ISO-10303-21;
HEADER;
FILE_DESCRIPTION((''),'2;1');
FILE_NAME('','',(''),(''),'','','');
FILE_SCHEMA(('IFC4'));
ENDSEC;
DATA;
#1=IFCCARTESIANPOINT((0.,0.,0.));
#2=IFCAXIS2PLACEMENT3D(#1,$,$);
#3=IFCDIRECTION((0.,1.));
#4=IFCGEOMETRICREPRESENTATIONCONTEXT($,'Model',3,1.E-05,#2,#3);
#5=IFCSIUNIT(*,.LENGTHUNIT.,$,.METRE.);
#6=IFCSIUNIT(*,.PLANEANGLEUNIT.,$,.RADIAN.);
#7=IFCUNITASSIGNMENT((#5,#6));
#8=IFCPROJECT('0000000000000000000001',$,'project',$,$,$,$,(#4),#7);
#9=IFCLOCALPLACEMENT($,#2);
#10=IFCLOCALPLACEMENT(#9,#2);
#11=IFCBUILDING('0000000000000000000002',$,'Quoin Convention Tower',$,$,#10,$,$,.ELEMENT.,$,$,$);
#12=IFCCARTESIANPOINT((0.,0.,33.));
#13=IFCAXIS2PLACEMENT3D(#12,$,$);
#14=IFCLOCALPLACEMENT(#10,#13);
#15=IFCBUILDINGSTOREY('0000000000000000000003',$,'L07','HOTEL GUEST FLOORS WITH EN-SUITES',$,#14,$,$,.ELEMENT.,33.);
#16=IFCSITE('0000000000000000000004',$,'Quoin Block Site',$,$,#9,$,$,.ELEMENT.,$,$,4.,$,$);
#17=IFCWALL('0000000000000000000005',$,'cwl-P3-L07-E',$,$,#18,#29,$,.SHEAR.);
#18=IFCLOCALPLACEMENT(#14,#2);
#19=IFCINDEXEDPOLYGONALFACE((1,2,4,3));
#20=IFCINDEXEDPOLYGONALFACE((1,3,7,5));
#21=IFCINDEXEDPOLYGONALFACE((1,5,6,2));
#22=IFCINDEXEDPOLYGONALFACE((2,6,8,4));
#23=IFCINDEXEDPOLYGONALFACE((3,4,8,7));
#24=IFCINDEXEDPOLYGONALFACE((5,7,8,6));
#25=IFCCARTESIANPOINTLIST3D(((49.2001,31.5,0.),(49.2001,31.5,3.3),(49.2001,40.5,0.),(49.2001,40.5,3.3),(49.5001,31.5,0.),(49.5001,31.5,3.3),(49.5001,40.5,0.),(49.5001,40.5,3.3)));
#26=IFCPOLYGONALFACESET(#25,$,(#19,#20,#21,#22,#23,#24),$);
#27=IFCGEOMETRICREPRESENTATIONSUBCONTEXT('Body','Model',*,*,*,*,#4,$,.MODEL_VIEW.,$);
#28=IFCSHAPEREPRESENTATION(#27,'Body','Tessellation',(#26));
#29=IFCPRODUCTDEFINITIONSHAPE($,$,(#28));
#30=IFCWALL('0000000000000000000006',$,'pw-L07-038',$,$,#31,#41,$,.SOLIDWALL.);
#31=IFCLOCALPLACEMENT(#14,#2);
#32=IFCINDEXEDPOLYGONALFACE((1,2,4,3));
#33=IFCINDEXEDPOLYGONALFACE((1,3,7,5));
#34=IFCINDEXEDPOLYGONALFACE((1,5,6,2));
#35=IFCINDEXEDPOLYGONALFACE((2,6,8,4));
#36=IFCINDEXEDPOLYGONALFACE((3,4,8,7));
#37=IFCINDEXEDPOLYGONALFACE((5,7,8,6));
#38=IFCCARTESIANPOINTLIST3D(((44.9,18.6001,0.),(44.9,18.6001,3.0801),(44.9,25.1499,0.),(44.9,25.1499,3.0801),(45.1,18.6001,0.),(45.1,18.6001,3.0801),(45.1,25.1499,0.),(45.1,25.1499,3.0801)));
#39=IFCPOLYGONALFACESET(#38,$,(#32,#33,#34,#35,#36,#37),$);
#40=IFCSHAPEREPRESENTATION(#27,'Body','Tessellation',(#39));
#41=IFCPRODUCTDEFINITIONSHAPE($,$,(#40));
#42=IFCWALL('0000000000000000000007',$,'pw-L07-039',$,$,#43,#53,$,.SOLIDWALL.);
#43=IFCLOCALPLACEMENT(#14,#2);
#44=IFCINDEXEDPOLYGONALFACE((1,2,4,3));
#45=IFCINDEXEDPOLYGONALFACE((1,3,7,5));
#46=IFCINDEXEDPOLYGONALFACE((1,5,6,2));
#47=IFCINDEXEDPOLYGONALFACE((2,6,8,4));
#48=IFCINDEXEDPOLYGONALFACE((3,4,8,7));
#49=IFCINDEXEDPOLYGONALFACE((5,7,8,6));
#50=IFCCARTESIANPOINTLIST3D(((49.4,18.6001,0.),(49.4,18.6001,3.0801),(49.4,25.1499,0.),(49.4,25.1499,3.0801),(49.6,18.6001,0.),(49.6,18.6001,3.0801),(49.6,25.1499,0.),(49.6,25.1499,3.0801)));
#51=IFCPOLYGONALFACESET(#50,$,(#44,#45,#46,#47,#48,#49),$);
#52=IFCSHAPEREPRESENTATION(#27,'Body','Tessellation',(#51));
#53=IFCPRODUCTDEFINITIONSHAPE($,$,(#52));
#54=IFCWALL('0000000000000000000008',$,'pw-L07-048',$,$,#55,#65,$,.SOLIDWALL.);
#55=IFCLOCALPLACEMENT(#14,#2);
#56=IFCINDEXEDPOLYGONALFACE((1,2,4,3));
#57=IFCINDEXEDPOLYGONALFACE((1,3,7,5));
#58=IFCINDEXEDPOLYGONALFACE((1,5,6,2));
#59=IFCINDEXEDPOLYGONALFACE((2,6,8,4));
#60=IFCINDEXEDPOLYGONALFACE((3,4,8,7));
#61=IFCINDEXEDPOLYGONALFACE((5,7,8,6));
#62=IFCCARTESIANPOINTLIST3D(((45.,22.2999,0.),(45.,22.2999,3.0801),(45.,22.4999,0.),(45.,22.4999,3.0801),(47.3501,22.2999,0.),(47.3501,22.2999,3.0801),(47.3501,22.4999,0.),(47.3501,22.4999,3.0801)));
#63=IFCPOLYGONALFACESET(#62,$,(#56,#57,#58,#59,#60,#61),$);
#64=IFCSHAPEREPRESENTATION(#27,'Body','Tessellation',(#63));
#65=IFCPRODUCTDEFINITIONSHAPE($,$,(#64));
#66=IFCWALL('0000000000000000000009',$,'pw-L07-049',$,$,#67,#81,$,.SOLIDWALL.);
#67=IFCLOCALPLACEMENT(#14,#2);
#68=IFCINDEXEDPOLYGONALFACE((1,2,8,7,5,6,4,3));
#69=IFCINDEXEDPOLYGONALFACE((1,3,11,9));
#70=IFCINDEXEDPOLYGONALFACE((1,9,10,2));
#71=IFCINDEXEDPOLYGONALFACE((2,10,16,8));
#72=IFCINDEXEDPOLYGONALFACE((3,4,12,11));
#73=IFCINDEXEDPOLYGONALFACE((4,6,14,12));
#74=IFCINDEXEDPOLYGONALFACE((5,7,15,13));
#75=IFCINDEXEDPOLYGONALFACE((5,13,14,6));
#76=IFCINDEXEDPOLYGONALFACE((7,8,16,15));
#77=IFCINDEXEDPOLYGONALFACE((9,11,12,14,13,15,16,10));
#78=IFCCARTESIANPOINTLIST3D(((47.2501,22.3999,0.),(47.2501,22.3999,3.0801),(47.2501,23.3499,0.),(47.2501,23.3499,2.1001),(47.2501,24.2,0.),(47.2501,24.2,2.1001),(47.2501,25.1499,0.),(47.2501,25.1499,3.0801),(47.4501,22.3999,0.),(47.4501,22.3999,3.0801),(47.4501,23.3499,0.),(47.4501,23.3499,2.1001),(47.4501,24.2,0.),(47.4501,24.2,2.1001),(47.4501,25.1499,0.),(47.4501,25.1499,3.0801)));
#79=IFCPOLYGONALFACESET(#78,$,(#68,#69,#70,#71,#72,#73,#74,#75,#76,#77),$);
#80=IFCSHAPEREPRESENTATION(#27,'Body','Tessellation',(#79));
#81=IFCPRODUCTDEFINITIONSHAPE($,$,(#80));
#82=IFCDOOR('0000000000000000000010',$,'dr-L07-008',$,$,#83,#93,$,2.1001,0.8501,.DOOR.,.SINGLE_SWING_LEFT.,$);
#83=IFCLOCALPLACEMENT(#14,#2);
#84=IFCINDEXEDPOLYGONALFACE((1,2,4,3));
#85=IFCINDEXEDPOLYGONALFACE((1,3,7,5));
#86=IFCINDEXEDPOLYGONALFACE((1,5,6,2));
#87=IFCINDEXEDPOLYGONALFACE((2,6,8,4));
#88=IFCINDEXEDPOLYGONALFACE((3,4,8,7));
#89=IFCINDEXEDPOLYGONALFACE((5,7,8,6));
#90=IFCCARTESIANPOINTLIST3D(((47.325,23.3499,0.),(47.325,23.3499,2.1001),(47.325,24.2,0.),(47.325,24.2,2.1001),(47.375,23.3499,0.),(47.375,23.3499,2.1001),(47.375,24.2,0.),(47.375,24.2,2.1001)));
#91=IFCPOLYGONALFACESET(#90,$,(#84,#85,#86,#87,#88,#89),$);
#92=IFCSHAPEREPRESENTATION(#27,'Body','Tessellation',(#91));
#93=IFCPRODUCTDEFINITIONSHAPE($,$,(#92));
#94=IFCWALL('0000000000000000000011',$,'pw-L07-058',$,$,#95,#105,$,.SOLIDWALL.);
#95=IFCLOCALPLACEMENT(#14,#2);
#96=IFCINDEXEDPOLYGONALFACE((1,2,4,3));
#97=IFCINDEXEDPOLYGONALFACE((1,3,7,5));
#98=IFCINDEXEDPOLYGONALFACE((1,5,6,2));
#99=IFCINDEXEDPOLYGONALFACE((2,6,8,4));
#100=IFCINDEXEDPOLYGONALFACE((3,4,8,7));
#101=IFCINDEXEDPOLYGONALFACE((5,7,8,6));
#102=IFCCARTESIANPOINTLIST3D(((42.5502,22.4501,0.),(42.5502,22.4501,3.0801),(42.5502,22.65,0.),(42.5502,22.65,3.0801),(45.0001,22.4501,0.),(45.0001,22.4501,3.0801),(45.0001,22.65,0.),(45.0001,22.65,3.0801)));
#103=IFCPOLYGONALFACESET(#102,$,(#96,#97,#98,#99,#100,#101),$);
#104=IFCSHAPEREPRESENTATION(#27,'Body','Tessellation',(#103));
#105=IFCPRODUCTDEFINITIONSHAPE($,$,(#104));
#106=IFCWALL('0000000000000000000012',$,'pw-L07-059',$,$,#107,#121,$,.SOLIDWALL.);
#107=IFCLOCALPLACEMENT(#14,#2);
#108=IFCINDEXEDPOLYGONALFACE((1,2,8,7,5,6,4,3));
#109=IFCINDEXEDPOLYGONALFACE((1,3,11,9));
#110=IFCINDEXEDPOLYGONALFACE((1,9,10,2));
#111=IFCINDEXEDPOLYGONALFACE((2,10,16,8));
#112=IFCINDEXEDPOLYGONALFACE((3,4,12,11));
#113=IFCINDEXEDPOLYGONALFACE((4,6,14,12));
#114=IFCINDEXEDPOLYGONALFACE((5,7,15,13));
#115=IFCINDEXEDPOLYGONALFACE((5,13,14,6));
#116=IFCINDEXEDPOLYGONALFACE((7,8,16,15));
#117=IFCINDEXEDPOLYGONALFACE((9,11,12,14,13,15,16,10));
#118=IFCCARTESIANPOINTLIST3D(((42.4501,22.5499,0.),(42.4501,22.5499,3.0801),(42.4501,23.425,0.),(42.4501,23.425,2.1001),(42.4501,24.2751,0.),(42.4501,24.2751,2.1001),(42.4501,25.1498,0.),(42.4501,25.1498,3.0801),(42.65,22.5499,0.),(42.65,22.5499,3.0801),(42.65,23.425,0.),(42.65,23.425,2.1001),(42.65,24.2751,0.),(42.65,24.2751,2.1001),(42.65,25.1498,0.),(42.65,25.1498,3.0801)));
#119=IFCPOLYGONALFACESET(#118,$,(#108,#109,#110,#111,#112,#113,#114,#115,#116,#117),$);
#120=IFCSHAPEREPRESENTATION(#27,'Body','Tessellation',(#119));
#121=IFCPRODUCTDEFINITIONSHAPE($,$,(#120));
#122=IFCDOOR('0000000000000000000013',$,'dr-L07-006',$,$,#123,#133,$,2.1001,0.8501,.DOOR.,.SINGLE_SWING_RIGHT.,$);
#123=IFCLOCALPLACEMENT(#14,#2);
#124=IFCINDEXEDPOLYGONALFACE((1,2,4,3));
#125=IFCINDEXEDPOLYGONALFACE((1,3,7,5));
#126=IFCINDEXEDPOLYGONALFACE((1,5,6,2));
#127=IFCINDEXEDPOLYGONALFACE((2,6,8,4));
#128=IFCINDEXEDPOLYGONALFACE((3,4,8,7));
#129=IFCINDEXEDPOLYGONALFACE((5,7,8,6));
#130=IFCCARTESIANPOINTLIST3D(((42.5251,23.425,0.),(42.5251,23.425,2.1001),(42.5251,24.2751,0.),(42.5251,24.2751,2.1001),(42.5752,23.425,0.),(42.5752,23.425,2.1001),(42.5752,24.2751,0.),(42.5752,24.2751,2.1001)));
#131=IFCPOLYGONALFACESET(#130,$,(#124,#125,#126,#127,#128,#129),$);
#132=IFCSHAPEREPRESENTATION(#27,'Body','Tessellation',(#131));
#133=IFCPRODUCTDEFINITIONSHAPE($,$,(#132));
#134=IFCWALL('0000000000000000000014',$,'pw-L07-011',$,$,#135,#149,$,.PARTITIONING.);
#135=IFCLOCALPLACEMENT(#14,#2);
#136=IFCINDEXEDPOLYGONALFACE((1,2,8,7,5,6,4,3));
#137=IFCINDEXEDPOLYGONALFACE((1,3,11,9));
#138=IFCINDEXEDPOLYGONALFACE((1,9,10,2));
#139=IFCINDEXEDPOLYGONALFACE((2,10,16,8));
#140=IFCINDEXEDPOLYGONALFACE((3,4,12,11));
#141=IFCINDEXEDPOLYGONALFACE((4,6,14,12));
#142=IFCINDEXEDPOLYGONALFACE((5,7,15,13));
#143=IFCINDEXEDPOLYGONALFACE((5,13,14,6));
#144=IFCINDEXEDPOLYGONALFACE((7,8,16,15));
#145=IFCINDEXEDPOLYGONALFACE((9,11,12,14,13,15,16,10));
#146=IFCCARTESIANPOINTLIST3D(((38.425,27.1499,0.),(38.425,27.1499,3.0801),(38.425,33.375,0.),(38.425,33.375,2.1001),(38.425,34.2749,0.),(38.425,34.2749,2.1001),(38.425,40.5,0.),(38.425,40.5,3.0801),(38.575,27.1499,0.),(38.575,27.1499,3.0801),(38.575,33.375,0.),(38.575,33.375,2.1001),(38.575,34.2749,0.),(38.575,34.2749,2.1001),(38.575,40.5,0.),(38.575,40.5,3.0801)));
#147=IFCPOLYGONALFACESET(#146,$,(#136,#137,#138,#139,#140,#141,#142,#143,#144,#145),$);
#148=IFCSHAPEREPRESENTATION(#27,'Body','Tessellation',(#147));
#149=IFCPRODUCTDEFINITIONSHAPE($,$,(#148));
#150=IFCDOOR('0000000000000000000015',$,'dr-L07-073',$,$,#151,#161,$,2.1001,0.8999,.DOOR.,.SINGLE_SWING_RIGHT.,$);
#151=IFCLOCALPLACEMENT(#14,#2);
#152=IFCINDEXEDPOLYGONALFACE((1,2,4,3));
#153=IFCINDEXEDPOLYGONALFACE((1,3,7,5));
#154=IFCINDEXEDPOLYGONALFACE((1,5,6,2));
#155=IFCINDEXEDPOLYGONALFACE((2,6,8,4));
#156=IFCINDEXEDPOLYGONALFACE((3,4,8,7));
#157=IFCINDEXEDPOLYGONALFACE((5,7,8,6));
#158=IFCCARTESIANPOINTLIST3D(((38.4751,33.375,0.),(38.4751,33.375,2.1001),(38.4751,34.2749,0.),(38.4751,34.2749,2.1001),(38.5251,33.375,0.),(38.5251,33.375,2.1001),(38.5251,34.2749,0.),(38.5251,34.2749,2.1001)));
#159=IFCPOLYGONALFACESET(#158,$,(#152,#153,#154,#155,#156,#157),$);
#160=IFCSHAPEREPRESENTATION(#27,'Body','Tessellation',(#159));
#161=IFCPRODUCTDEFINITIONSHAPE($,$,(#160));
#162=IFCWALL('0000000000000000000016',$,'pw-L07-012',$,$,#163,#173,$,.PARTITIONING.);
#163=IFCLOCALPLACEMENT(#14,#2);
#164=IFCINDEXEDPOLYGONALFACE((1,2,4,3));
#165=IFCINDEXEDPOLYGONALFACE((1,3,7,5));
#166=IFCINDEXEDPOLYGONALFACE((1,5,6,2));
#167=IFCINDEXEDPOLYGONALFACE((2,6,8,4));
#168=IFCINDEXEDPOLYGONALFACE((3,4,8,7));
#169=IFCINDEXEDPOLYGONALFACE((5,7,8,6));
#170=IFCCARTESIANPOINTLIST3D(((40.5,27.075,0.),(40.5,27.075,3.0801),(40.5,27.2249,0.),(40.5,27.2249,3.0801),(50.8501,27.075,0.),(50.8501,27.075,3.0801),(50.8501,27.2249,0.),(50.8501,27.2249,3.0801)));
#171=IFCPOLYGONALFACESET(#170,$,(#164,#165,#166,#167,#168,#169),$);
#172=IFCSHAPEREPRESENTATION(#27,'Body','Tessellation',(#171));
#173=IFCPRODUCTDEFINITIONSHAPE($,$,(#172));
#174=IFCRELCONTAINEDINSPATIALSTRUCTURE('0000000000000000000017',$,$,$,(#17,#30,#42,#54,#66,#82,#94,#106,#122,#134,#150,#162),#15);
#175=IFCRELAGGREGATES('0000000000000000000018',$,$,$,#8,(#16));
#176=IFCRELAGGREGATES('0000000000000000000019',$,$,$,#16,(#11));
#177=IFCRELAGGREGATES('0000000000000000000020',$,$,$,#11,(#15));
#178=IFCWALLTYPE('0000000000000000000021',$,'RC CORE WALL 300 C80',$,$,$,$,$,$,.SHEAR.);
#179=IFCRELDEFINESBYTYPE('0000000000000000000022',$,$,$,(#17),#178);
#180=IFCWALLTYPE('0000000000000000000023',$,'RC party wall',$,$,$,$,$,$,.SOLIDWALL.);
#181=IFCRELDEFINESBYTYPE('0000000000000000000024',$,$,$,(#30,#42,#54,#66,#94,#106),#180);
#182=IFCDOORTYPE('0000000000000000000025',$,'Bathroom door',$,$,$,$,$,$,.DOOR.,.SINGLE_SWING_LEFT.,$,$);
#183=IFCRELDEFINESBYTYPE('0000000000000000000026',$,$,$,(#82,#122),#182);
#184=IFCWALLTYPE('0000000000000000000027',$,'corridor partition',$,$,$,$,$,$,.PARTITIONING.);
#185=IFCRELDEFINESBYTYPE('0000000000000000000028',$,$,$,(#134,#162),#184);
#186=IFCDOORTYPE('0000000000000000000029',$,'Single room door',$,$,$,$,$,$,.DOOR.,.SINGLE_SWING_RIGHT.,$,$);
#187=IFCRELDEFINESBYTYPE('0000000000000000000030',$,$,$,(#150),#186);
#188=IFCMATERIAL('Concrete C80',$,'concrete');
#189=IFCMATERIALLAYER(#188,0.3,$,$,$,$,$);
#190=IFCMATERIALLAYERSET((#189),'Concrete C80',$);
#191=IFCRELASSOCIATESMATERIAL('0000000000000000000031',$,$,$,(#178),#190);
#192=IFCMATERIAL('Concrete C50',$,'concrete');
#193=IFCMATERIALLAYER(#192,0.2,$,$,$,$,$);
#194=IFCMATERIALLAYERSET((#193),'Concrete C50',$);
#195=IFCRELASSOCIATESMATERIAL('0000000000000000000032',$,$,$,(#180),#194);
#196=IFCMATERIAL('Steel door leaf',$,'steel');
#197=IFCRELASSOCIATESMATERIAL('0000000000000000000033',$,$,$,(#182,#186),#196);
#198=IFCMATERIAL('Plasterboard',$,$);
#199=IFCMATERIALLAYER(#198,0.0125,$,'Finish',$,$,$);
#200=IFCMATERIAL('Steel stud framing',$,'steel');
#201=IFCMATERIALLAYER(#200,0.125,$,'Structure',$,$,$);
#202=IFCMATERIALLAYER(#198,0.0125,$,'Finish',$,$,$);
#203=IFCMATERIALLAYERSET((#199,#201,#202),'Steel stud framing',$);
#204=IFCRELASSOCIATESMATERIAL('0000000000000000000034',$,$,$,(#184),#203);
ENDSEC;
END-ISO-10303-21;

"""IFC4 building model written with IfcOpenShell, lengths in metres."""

from ifc_helpers import new_model, si_unit, direction, frame, frame_2d, origin, place, context, subcontext, project, spatial, rectangle, extrude, material, layer, layer_set, type_object, element, fill, save


model = new_model("IFC4")

# Units and contexts
model_context = context("Model", 3, precision=1e-05, world=origin(), true_north=direction((0.0, 1.0)))
body_context = subcontext(model_context, "Body", "Model", "MODEL_VIEW")
ifc_project = project(units=[si_unit("LENGTHUNIT", "METRE"), si_unit("PLANEANGLEUNIT", "RADIAN")], contexts=[model_context])

# Site, building, storey
site_placement = place(None, origin())
site = spatial("IfcSite", under=ifc_project, at=site_placement, Name="Quoin Block Site", CompositionType="ELEMENT", RefElevation=4.0)
building_placement = place(site_placement, origin())
building = spatial("IfcBuilding", under=site, at=building_placement, Name="Quoin Convention Tower", CompositionType="ELEMENT")
storey_placement = place(building_placement, frame((0.0, 0.0, 33.0)))
storey = spatial("IfcBuildingStorey", under=building, at=storey_placement, Name="L07", Description="HOTEL GUEST FLOORS WITH EN-SUITES", CompositionType="ELEMENT", Elevation=33.0)

# Shared definitions
ifc_material_1 = material(Name="Concrete C80", Category="concrete")

# Shared definitions
ifc_material_2 = material(Name="Concrete C50", Category="concrete")

# Shared definitions
ifc_layer_1 = layer(ifc_material_1, 0.3)
ifc_layer_set_1 = layer_set([ifc_layer_1], Name="Concrete C80")
wall_type_1 = type_object("IfcWallType", Name="RC CORE WALL 300 C80", PredefinedType="SHEAR", material=ifc_layer_set_1)
ifc_material_3 = material(Name="Steel door leaf", Category="steel")

# Walls
wall_1_placement = place(storey_placement, frame((49.3501, 31.5, 0.0), z_axis=(0.0, 0.0, 1.0), x_axis=(0.0, 1.0, 0.0)))
element("IfcWall", 1, at=wall_1_placement, inside=storey, type_object=wall_type_1, Name="cwl-P3-L07-E", PredefinedType="SHEAR", context=body_context, shape_type="SweptSolid", body=[
    extrude(rectangle(XDim=9.0, YDim=0.3, at=frame_2d((4.5, 0.0))), origin(), (0.0, 0.0, 1.0), 3.3),
])
ifc_layer_2 = layer(ifc_material_2, 0.2)
ifc_layer_set_2 = layer_set([ifc_layer_2], Name="Concrete C50")
wall_type_2 = type_object("IfcWallType", Name="RC party wall", PredefinedType="SOLIDWALL", material=ifc_layer_set_2)
for number, where, z_axis, x_axis, name in (
    (2, (45.0, 18.6001, 0.0), (0.0, 0.0, 1.0), (0.0, 1.0, 0.0), "pw-L07-038"),
    (3, (49.5, 18.6001, 0.0), (0.0, 0.0, 1.0), (0.0, 1.0, 0.0), "pw-L07-039"),
):
    element("IfcWall", number, at=place(storey_placement, frame(where, z_axis=z_axis, x_axis=x_axis)), inside=storey, type_object=wall_type_2, Name=name, PredefinedType="SOLIDWALL", context=body_context, shape_type="SweptSolid", body=[
        extrude(rectangle(XDim=6.5498, YDim=0.2, at=frame_2d((3.2749, 0.0))), origin(), (0.0, 0.0, 1.0), 3.0801),
    ])
wall_2_placement = place(storey_placement, frame((45.0, 22.3999, 0.0), z_axis=(0.0, 0.0, 1.0), x_axis=(1.0, 0.0, 0.0)))
element("IfcWall", 4, at=wall_2_placement, inside=storey, type_object=wall_type_2, Name="pw-L07-048", PredefinedType="SOLIDWALL", context=body_context, shape_type="SweptSolid", body=[
    extrude(rectangle(XDim=2.3501, YDim=0.2, at=frame_2d((1.175, 0.0))), origin(), (0.0, 0.0, 1.0), 3.0801),
])

# Wall, opening, door
wall_3_placement = place(storey_placement, frame((47.3501, 22.3999, 0.0), z_axis=(0.0, 0.0, 1.0), x_axis=(0.0, 1.0, 0.0)))
wall_3 = element("IfcWall", 5, at=wall_3_placement, inside=storey, type_object=wall_type_2, Name="pw-L07-049", PredefinedType="SOLIDWALL", context=body_context, shape_type="SweptSolid", body=[
    extrude(rectangle(XDim=2.75, YDim=0.2, at=frame_2d((1.375, 0.0))), origin(), (0.0, 0.0, 1.0), 3.0801),
])
opening_1_placement = place(wall_3_placement, frame((0.95, 0.0, 0.0)))
opening_1 = element("IfcOpeningElement", 6, at=opening_1_placement, cuts=wall_3, PredefinedType="OPENING", context=body_context, shape_type="SweptSolid", body=[
    extrude(rectangle(XDim=0.8501, YDim=2.1001, at=frame_2d((0.425, 1.05))), frame((0.0, 0.1099, 0.0), z_axis=(0.0, -1.0, 0.0), x_axis=(1.0, 0.0, 0.0)), (0.0, 0.0, 1.0), 0.22),
])
door_type_1 = type_object("IfcDoorType", Name="Bathroom door", OperationType="SINGLE_SWING_LEFT", PredefinedType="DOOR", material=ifc_material_3)
door_1_placement = place(opening_1_placement, frame((0.8501, 0.0, 0.0), z_axis=(0.0, 0.0, 1.0), x_axis=(-1.0, 0.0, 0.0)))
door_1 = element("IfcDoor", 7, at=door_1_placement, inside=storey, type_object=door_type_1, Name="dr-L07-008", OperationType="SINGLE_SWING_LEFT", OverallHeight=2.1001, OverallWidth=0.8501, PredefinedType="DOOR", context=body_context, shape_type="SweptSolid", body=[
    extrude(rectangle(XDim=0.8501, YDim=2.1001, at=frame_2d((0.425, 1.05))), frame((0.0, 0.0249, 0.0), z_axis=(0.0, -1.0, 0.0), x_axis=(1.0, 0.0, 0.0)), (0.0, 0.0, 1.0), 0.05),
])
fill(opening_1, door_1)

# Wall
wall_4_placement = place(storey_placement, frame((42.55, 22.55, 0.0), z_axis=(0.0, 0.0, 1.0), x_axis=(1.0, 0.0, 0.0)))
element("IfcWall", 8, at=wall_4_placement, inside=storey, type_object=wall_type_2, Name="pw-L07-058", PredefinedType="SOLIDWALL", context=body_context, shape_type="SweptSolid", body=[
    extrude(rectangle(XDim=2.45, YDim=0.2, at=frame_2d((1.2251, 0.0))), origin(), (0.0, 0.0, 1.0), 3.0801),
])

# Walls, openings, doors
wall_5_placement = place(storey_placement, frame((42.55, 22.55, 0.0), z_axis=(0.0, 0.0, 1.0), x_axis=(0.0, 1.0, 0.0)))
wall_5 = element("IfcWall", 9, at=wall_5_placement, inside=storey, type_object=wall_type_2, Name="pw-L07-059", PredefinedType="SOLIDWALL", context=body_context, shape_type="SweptSolid", body=[
    extrude(rectangle(XDim=2.5999, YDim=0.2, at=frame_2d((1.2998, 0.0))), origin(), (0.0, 0.0, 1.0), 3.0801),
])
opening_2_placement = place(wall_5_placement, frame((0.875, 0.0, 0.0)))
opening_2 = element("IfcOpeningElement", 10, at=opening_2_placement, cuts=wall_5, PredefinedType="OPENING", context=body_context, shape_type="SweptSolid", body=[
    extrude(rectangle(XDim=0.8501, YDim=2.1001, at=frame_2d((0.425, 1.05))), frame((0.0, 0.1099, 0.0), z_axis=(0.0, -1.0, 0.0), x_axis=(1.0, 0.0, 0.0)), (0.0, 0.0, 1.0), 0.22),
])
door_2_placement = place(opening_2_placement, origin())
door_2 = element("IfcDoor", 11, at=door_2_placement, inside=storey, type_object=door_type_1, Name="dr-L07-006", OperationType="SINGLE_SWING_RIGHT", OverallHeight=2.1001, OverallWidth=0.8501, PredefinedType="DOOR", context=body_context, shape_type="SweptSolid", body=[
    extrude(rectangle(XDim=0.8501, YDim=2.1001, at=frame_2d((0.425, 1.05))), frame((0.0, 0.0249, 0.0), z_axis=(0.0, -1.0, 0.0), x_axis=(1.0, 0.0, 0.0)), (0.0, 0.0, 1.0), 0.05),
])
fill(opening_2, door_2)
ifc_material_4 = material(Name="Plasterboard")
ifc_layer_3 = layer(ifc_material_4, 0.0125, Name="Finish")
ifc_material_5 = material(Name="Steel stud framing", Category="steel")
ifc_layer_4 = layer(ifc_material_5, 0.125, Name="Structure")
ifc_layer_5 = layer(ifc_material_4, 0.0125, Name="Finish")
ifc_layer_set_3 = layer_set([ifc_layer_3, ifc_layer_4, ifc_layer_5], Name="Steel stud framing")
wall_type_3 = type_object("IfcWallType", Name="corridor partition", PredefinedType="PARTITIONING", material=ifc_layer_set_3)
wall_6_placement = place(storey_placement, frame((38.5, 27.1499, 0.0), z_axis=(0.0, 0.0, 1.0), x_axis=(0.0, 1.0, 0.0)))
wall_6 = element("IfcWall", 12, at=wall_6_placement, inside=storey, type_object=wall_type_3, Name="pw-L07-011", PredefinedType="PARTITIONING", context=body_context, shape_type="SweptSolid", body=[
    extrude(rectangle(XDim=13.3501, YDim=0.1499, at=frame_2d((6.675, 0.0))), origin(), (0.0, 0.0, 1.0), 3.0801),
])
opening_3_placement = place(wall_6_placement, frame((6.2251, 0.0, 0.0)))
opening_3 = element("IfcOpeningElement", 13, at=opening_3_placement, cuts=wall_6, PredefinedType="OPENING", context=body_context, shape_type="SweptSolid", body=[
    extrude(rectangle(XDim=0.8999, YDim=2.1001, at=frame_2d((0.45, 1.05))), frame((0.0, 0.085, 0.0), z_axis=(0.0, -1.0, 0.0), x_axis=(1.0, 0.0, 0.0)), (0.0, 0.0, 1.0), 0.1699),
])
door_type_2 = type_object("IfcDoorType", Name="Single room door", OperationType="SINGLE_SWING_RIGHT", PredefinedType="DOOR", material=ifc_material_3)
door_3_placement = place(opening_3_placement, origin())
door_3 = element("IfcDoor", 14, at=door_3_placement, inside=storey, type_object=door_type_2, Name="dr-L07-073", OperationType="SINGLE_SWING_RIGHT", OverallHeight=2.1001, OverallWidth=0.8999, PredefinedType="DOOR", context=body_context, shape_type="SweptSolid", body=[
    extrude(rectangle(XDim=0.8999, YDim=2.1001, at=frame_2d((0.45, 1.05))), frame((0.0, 0.0249, 0.0), z_axis=(0.0, -1.0, 0.0), x_axis=(1.0, 0.0, 0.0)), (0.0, 0.0, 1.0), 0.05),
])
fill(opening_3, door_3)

# Wall
wall_7_placement = place(storey_placement, frame((40.5, 27.1499, 0.0), z_axis=(0.0, 0.0, 1.0), x_axis=(1.0, 0.0, 0.0)))
element("IfcWall", 15, at=wall_7_placement, inside=storey, type_object=wall_type_3, Name="pw-L07-012", PredefinedType="PARTITIONING", context=body_context, shape_type="SweptSolid", body=[
    extrude(rectangle(XDim=10.3501, YDim=0.1499, at=frame_2d((5.175, 0.0))), origin(), (0.0, 0.0, 1.0), 3.0801),
])

save(model, "model.ifc")
